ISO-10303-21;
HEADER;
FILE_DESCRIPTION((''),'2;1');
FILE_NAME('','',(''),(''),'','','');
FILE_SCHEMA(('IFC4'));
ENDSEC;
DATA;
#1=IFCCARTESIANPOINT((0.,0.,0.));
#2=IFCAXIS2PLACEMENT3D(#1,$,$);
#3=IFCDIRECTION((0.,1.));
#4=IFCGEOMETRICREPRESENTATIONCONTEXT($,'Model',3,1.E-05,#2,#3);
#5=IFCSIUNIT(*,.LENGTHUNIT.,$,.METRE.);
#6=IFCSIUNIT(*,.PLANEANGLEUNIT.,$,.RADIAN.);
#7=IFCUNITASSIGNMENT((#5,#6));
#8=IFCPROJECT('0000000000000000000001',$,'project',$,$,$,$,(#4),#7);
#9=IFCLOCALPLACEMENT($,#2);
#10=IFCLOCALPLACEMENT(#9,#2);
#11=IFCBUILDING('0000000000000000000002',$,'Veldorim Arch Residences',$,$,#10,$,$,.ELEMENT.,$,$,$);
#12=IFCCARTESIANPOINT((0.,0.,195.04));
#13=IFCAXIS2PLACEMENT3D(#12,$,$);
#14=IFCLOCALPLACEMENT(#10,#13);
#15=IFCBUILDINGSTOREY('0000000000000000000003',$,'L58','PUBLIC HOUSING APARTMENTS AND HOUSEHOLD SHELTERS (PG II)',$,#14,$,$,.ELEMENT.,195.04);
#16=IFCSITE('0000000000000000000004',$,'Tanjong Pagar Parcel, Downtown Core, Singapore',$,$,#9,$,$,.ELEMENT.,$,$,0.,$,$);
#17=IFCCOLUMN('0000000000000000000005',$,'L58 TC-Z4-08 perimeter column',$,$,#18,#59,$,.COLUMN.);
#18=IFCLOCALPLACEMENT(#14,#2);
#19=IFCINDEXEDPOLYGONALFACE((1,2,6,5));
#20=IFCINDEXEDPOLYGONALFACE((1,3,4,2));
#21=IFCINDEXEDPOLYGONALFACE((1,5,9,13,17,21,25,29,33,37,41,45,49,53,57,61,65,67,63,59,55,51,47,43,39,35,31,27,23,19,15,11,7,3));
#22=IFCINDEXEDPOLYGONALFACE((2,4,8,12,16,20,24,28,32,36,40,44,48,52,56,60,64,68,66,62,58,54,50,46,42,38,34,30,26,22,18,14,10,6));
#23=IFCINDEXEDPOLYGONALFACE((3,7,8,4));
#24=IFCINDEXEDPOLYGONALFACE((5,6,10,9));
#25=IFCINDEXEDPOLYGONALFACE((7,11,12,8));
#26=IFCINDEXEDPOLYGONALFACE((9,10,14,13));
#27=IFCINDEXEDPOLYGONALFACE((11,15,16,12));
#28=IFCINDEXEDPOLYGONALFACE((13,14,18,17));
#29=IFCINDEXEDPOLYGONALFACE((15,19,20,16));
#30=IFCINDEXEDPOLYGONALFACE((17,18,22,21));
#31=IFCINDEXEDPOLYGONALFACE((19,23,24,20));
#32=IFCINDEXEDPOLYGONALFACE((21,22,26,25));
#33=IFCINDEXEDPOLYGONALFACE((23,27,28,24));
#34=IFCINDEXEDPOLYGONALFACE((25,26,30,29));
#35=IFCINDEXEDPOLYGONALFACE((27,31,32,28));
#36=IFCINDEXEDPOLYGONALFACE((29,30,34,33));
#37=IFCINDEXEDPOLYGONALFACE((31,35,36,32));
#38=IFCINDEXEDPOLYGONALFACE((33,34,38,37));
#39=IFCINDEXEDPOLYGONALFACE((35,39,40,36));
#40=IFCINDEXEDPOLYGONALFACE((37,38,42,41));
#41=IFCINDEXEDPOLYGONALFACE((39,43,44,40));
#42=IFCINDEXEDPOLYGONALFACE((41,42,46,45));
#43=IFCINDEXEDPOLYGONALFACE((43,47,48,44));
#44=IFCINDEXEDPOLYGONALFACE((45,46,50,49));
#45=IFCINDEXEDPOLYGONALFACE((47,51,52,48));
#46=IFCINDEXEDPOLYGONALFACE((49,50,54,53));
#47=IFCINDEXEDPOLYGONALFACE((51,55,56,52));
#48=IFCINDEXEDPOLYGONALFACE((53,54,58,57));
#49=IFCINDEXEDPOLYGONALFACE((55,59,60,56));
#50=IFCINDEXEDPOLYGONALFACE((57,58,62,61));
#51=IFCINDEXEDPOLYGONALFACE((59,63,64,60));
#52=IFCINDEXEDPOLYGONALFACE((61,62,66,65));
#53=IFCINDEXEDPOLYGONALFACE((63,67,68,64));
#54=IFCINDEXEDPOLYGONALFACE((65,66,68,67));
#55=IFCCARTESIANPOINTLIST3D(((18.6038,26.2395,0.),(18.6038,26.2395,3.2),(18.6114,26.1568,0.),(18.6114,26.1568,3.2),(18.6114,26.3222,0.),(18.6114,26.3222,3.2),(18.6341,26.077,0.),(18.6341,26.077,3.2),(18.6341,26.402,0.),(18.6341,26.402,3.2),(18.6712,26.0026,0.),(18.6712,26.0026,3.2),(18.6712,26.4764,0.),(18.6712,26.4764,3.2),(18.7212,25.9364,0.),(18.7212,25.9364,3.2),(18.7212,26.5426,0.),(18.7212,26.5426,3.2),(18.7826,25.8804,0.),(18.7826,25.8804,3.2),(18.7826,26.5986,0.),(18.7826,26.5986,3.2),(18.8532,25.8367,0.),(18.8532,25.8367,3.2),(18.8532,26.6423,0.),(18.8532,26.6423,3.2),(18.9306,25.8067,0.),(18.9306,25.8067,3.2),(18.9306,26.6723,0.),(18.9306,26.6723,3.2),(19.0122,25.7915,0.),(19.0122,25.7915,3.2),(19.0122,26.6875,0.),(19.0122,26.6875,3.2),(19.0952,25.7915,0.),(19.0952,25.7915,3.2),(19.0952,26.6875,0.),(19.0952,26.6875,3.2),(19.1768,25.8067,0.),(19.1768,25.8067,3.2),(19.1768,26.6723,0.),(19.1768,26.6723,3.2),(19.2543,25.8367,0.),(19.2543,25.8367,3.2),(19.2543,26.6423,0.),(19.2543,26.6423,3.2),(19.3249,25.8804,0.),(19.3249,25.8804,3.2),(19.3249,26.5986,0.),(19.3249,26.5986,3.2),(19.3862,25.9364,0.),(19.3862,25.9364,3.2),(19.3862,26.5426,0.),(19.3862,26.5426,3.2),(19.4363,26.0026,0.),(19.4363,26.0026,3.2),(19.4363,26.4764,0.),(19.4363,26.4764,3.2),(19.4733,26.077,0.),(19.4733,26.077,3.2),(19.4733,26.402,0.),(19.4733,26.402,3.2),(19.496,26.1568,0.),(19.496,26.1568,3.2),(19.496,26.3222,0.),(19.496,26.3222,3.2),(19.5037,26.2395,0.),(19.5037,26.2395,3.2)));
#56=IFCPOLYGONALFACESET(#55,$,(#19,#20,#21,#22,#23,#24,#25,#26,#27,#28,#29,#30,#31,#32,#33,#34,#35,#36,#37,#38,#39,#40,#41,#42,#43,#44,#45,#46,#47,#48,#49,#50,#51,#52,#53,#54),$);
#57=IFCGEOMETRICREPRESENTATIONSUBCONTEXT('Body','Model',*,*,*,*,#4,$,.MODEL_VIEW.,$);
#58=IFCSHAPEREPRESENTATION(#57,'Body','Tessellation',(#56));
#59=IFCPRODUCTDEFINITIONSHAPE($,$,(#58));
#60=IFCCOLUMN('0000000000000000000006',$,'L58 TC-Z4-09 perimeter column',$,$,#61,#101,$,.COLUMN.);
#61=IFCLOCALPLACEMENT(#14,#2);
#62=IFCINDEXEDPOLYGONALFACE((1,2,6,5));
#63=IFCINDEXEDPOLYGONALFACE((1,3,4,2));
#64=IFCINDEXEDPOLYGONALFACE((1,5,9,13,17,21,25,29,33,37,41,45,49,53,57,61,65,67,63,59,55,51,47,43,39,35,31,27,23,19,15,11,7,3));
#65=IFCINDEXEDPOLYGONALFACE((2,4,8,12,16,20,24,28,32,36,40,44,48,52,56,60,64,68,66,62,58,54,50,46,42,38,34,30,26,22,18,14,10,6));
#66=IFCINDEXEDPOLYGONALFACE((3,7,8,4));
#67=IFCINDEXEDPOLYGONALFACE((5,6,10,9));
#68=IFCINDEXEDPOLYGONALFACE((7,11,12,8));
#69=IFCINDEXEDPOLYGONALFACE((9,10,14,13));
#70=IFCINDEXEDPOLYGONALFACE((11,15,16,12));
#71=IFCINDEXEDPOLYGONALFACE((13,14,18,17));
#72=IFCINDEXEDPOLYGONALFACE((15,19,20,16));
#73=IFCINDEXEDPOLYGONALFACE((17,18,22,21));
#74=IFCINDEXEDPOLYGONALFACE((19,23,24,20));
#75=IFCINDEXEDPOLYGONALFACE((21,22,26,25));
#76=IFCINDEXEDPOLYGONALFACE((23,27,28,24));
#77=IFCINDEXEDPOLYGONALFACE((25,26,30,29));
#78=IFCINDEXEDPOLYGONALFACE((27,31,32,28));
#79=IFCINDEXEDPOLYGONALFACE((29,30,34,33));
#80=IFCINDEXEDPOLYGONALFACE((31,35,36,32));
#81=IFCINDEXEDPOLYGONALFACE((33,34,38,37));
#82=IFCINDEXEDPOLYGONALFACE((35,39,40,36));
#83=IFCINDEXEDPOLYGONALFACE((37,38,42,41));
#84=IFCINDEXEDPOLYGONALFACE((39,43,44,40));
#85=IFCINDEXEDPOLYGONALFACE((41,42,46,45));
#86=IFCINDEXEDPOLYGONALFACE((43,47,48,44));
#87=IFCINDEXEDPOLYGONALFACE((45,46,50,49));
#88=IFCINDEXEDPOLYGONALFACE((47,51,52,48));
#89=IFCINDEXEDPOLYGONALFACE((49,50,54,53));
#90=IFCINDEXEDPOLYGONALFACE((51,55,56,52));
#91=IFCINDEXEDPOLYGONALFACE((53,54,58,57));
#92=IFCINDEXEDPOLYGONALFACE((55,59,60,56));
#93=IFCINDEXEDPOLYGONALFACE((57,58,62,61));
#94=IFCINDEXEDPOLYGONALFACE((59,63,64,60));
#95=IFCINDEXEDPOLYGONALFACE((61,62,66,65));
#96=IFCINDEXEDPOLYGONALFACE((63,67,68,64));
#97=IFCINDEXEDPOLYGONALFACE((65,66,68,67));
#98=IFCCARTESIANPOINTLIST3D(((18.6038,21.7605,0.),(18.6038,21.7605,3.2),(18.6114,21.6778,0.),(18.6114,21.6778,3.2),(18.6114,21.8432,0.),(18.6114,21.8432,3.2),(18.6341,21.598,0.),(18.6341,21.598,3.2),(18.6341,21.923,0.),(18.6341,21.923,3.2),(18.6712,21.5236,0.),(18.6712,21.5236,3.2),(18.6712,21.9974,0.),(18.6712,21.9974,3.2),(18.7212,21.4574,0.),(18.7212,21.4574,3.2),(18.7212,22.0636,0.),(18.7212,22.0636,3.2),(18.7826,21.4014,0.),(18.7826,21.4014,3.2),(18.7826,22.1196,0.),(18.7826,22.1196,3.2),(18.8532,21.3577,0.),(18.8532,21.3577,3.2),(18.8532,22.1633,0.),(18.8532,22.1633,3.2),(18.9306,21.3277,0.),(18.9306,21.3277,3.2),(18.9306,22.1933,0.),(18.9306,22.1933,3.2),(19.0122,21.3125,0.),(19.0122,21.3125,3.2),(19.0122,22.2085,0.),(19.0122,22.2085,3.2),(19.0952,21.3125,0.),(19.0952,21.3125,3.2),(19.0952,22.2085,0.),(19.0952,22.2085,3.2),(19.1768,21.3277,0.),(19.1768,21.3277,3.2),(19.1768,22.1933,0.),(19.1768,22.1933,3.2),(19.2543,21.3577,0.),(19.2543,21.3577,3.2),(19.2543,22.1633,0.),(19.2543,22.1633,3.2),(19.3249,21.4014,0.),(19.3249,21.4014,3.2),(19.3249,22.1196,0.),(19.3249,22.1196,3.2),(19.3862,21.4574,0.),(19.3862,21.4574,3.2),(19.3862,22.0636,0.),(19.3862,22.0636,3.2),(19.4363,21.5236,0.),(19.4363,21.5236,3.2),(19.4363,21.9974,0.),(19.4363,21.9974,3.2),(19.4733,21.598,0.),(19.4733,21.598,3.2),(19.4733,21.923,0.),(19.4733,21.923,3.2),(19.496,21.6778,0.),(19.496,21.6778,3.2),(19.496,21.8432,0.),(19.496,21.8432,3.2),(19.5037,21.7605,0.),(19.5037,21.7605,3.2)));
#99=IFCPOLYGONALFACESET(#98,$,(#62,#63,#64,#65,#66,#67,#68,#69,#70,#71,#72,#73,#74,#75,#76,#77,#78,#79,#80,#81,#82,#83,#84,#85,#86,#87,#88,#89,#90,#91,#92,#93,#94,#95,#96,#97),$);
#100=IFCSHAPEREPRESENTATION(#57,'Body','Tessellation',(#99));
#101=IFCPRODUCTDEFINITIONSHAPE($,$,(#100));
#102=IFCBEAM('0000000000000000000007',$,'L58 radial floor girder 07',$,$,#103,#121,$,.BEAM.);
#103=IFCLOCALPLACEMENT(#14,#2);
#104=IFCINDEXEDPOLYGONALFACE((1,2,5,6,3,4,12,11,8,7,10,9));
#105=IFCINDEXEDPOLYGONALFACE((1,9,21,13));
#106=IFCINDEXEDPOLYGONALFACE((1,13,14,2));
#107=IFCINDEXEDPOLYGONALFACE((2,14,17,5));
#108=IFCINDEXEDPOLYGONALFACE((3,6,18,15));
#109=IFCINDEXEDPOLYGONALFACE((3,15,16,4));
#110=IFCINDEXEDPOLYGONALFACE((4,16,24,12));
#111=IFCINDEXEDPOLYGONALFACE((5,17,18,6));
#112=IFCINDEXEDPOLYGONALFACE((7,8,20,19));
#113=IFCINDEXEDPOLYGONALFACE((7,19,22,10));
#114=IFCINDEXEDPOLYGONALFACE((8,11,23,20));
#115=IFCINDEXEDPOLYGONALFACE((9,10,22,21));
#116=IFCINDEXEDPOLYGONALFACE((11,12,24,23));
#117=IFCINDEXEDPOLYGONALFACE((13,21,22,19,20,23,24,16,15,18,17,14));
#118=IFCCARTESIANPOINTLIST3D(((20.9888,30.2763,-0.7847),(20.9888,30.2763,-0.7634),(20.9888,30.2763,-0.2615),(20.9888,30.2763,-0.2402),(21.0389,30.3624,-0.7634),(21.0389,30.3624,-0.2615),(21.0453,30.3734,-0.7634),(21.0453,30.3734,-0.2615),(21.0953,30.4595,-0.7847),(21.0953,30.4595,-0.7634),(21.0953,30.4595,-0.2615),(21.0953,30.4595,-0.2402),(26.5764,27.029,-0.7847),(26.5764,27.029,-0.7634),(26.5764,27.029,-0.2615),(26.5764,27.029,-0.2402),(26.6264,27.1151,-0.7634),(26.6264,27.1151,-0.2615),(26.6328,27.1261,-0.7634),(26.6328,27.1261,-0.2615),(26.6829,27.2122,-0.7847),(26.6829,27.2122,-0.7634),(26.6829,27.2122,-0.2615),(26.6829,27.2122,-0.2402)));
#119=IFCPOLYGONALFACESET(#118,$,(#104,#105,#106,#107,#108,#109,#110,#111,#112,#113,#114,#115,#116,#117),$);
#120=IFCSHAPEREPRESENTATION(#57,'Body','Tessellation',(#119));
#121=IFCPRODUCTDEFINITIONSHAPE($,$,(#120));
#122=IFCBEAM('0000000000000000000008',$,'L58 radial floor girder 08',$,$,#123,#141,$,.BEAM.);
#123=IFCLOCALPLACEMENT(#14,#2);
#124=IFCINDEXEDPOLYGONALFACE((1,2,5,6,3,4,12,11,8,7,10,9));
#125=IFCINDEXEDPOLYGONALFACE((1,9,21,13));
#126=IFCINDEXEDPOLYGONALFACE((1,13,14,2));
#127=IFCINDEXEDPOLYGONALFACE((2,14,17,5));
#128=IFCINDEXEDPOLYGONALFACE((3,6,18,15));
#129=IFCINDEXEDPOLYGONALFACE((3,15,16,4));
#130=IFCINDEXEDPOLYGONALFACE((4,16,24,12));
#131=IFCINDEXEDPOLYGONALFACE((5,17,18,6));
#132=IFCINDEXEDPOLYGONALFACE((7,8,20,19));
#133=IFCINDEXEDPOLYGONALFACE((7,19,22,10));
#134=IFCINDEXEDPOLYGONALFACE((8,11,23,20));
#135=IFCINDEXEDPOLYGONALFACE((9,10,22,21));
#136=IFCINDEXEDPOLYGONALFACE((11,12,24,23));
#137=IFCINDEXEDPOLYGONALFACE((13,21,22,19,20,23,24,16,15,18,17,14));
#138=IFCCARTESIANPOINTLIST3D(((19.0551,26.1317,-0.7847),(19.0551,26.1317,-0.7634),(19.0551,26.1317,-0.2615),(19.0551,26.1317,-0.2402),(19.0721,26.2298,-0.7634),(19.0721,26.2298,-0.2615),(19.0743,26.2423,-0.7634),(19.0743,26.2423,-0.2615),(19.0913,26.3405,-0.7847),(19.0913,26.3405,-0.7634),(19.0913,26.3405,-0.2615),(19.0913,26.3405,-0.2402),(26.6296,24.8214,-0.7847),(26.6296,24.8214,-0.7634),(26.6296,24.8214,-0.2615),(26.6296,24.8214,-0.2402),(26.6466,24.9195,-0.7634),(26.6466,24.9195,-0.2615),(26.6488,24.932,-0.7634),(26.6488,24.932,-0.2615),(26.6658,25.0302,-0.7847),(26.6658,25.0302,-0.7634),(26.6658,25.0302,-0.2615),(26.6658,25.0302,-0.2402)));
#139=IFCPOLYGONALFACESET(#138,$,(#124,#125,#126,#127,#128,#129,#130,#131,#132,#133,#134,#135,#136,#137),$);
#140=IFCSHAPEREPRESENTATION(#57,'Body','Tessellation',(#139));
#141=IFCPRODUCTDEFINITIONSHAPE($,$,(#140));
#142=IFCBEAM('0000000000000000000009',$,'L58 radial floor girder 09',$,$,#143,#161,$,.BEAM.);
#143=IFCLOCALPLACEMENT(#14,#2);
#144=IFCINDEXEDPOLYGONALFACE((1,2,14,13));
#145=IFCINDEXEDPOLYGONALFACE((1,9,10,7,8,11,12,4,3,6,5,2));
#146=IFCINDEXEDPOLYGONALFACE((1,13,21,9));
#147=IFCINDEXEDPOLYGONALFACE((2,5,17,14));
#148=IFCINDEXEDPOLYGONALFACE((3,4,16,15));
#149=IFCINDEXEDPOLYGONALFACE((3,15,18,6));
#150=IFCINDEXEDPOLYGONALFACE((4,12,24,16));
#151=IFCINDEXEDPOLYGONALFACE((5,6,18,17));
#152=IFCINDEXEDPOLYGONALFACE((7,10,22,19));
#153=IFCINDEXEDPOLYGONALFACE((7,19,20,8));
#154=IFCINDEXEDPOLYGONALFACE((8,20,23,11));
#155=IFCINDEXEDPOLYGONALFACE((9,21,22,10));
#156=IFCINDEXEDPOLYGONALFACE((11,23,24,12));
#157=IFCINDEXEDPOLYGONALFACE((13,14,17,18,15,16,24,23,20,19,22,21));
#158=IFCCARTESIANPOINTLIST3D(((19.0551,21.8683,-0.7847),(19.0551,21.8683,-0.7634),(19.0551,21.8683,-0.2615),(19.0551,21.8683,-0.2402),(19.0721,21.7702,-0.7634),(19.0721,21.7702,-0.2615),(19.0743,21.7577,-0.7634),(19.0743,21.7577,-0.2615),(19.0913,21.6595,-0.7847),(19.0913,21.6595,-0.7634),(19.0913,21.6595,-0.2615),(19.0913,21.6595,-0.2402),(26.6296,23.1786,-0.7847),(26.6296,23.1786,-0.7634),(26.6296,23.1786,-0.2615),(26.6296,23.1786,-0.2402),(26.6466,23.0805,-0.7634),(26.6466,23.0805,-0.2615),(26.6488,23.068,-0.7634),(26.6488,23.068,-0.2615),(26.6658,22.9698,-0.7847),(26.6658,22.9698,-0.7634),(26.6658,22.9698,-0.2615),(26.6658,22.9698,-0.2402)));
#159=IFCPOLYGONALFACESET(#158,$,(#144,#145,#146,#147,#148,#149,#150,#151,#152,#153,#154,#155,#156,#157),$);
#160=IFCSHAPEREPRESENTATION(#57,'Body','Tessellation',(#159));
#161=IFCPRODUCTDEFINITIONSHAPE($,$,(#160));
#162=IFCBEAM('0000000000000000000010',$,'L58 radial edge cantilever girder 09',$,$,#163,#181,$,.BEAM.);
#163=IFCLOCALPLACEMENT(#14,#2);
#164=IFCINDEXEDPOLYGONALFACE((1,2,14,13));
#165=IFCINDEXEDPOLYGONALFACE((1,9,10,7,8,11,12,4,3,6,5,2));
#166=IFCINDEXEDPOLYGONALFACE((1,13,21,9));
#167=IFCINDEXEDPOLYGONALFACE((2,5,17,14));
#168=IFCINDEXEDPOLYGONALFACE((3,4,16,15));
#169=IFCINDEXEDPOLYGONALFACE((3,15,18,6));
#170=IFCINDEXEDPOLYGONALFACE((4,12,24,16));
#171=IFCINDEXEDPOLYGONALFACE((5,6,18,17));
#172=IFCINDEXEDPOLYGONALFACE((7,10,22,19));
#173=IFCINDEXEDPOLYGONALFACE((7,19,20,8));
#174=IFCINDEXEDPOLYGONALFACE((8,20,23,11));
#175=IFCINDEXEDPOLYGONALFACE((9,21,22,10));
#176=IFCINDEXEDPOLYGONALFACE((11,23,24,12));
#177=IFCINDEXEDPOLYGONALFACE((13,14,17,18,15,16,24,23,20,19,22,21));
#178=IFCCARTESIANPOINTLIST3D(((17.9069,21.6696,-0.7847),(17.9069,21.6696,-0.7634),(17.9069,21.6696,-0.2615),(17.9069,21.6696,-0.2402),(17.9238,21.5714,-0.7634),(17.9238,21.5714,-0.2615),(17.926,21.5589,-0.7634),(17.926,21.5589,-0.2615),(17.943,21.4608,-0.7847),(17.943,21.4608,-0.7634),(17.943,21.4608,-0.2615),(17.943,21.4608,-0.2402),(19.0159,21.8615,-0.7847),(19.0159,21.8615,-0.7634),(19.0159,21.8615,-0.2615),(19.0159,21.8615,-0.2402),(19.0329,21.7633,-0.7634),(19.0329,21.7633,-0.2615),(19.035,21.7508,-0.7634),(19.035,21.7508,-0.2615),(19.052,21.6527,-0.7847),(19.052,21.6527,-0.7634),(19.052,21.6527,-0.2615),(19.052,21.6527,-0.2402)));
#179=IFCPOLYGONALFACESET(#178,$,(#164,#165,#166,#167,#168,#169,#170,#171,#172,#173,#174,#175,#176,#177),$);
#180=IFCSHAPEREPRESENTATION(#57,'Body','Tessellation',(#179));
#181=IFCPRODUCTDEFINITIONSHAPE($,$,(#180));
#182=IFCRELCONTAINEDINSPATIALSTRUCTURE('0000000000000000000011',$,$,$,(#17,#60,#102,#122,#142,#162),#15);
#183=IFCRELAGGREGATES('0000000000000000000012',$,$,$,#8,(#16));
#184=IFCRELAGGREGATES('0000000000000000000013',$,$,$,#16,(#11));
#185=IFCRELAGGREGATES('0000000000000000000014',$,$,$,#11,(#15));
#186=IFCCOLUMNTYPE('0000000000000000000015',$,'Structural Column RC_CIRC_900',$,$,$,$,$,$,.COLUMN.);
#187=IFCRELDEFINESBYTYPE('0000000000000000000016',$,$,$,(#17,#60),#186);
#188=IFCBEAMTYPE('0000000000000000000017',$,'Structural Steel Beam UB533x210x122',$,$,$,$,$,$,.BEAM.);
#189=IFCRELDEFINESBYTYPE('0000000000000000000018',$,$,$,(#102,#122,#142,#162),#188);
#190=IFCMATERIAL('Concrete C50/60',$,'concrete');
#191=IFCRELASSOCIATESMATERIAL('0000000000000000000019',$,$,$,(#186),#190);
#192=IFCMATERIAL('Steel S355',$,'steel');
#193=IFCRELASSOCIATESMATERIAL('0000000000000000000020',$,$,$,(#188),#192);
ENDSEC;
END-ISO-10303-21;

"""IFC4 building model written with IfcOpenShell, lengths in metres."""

from ifc_helpers import new_model, si_unit, direction, frame, origin, origin_2d, place, context, subcontext, project, spatial, circle, i_section, extrude, material, material_profile, profile_set, type_object, element, save


model = new_model("IFC4")

# Units and contexts
model_context = context("Model", 3, precision=1e-05, world=origin(), true_north=direction((0.0, 1.0)))
body_context = subcontext(model_context, "Body", "Model", "MODEL_VIEW")
ifc_project = project(units=[si_unit("LENGTHUNIT", "METRE"), si_unit("PLANEANGLEUNIT", "RADIAN")], contexts=[model_context])

# Site, building, storey
site_placement = place(None, origin())
site = spatial("IfcSite", under=ifc_project, at=site_placement, Name="Tanjong Pagar Parcel, Downtown Core, Singapore", CompositionType="ELEMENT", RefElevation=0.0)
building_placement = place(site_placement, origin())
building = spatial("IfcBuilding", under=site, at=building_placement, Name="Veldorim Arch Residences", CompositionType="ELEMENT")
storey_placement = place(building_placement, frame((0.0, 0.0, 195.04)))
storey = spatial("IfcBuildingStorey", under=building, at=storey_placement, Name="L58", Description="PUBLIC HOUSING APARTMENTS AND HOUSEHOLD SHELTERS (PG II)", CompositionType="ELEMENT", Elevation=195.04)

# Columns
ifc_material_1 = material(Name="Concrete C50/60", Category="concrete")
ifc_material_profile_1 = material_profile(ifc_material_1, circle(Radius=0.45, at=origin_2d()), Name="RC_CIRC_900")
ifc_profile_set_1 = profile_set([ifc_material_profile_1], Name="Concrete C50/60")
column_type = type_object("IfcColumnType", Name="Structural Column RC_CIRC_900", PredefinedType="COLUMN", material=ifc_profile_set_1)
for number, where, z_axis, x_axis, name in (
    (1, (19.0537, 26.2395, 0.0), (0.0, 0.0, 1.0), (1.0, 0.0, 0.0), "L58 TC-Z4-08 perimeter column"),
    (2, (19.0537, 21.7605, 0.0), (0.0, 0.0, 1.0), (1.0, 0.0, 0.0), "L58 TC-Z4-09 perimeter column"),
):
    element("IfcColumn", number, at=place(storey_placement, frame(where, z_axis=z_axis, x_axis=x_axis)), inside=storey, type_object=column_type, Name=name, PredefinedType="COLUMN", context=body_context, shape_type="SweptSolid", body=[
        extrude(circle(Radius=0.45, at=origin_2d()), origin(), (0.0, 0.0, 1.0), 3.2),
    ])

# Beams
ifc_material_2 = material(Name="Steel S355", Category="steel")
ifc_material_profile_2 = material_profile(ifc_material_2, i_section(OverallWidth=0.2119, OverallDepth=0.5444, WebThickness=0.0127, FlangeThickness=0.0212, at=origin_2d()), Name="UB533x210x122")
ifc_profile_set_2 = profile_set([ifc_material_profile_2], Name="Steel S355")
beam_type_1 = type_object("IfcBeamType", Name="Structural Steel Beam UB533x210x122", PredefinedType="BEAM", material=ifc_profile_set_2)
beam_1_placement = place(storey_placement, frame((26.6296, 27.1206, -0.5125), z_axis=(-0.864596, 0.502468, 0.0), x_axis=(-0.502468, -0.864596, 0.0)))
element("IfcBeam", 3, at=beam_1_placement, inside=storey, type_object=beam_type_1, Name="L58 radial floor girder 07", PredefinedType="BEAM", context=body_context, shape_type="SweptSolid", body=[
    extrude(i_section(OverallWidth=0.2119, OverallDepth=0.5444, WebThickness=0.0127, FlangeThickness=0.0212, at=origin_2d()), origin(), (0.0, 0.0, 1.0), 6.4626),
])
for number, where, z_axis, x_axis, name in (
    (4, (26.6477, 24.9258, -0.5125), (-0.985365, 0.170458, 0.0), (-0.170458, -0.985365, 0.0), "L58 radial floor girder 08"),
    (5, (26.6477, 23.0742, -0.5125), (-0.985365, -0.170458, 0.0), (0.170458, -0.985365, 0.0), "L58 radial floor girder 09"),
):
    element("IfcBeam", number, at=place(storey_placement, frame(where, z_axis=z_axis, x_axis=x_axis)), inside=storey, type_object=beam_type_1, Name=name, PredefinedType="BEAM", context=body_context, shape_type="SweptSolid", body=[
        extrude(i_section(OverallWidth=0.2119, OverallDepth=0.5444, WebThickness=0.0127, FlangeThickness=0.0212, at=origin_2d()), origin(), (0.0, 0.0, 1.0), 7.687),
    ])
beam_2_placement = place(storey_placement, frame((19.0339, 21.7571, -0.5125), z_axis=(-0.985355, -0.170517, 0.0), x_axis=(0.170517, -0.985355, 0.0)))
element("IfcBeam", 6, at=beam_2_placement, inside=storey, type_object=beam_type_1, Name="L58 radial edge cantilever girder 09", PredefinedType="BEAM", context=body_context, shape_type="SweptSolid", body=[
    extrude(i_section(OverallWidth=0.2119, OverallDepth=0.5444, WebThickness=0.0127, FlangeThickness=0.0212, at=origin_2d()), origin(), (0.0, 0.0, 1.0), 1.1255),
])

save(model, "model.ifc")
